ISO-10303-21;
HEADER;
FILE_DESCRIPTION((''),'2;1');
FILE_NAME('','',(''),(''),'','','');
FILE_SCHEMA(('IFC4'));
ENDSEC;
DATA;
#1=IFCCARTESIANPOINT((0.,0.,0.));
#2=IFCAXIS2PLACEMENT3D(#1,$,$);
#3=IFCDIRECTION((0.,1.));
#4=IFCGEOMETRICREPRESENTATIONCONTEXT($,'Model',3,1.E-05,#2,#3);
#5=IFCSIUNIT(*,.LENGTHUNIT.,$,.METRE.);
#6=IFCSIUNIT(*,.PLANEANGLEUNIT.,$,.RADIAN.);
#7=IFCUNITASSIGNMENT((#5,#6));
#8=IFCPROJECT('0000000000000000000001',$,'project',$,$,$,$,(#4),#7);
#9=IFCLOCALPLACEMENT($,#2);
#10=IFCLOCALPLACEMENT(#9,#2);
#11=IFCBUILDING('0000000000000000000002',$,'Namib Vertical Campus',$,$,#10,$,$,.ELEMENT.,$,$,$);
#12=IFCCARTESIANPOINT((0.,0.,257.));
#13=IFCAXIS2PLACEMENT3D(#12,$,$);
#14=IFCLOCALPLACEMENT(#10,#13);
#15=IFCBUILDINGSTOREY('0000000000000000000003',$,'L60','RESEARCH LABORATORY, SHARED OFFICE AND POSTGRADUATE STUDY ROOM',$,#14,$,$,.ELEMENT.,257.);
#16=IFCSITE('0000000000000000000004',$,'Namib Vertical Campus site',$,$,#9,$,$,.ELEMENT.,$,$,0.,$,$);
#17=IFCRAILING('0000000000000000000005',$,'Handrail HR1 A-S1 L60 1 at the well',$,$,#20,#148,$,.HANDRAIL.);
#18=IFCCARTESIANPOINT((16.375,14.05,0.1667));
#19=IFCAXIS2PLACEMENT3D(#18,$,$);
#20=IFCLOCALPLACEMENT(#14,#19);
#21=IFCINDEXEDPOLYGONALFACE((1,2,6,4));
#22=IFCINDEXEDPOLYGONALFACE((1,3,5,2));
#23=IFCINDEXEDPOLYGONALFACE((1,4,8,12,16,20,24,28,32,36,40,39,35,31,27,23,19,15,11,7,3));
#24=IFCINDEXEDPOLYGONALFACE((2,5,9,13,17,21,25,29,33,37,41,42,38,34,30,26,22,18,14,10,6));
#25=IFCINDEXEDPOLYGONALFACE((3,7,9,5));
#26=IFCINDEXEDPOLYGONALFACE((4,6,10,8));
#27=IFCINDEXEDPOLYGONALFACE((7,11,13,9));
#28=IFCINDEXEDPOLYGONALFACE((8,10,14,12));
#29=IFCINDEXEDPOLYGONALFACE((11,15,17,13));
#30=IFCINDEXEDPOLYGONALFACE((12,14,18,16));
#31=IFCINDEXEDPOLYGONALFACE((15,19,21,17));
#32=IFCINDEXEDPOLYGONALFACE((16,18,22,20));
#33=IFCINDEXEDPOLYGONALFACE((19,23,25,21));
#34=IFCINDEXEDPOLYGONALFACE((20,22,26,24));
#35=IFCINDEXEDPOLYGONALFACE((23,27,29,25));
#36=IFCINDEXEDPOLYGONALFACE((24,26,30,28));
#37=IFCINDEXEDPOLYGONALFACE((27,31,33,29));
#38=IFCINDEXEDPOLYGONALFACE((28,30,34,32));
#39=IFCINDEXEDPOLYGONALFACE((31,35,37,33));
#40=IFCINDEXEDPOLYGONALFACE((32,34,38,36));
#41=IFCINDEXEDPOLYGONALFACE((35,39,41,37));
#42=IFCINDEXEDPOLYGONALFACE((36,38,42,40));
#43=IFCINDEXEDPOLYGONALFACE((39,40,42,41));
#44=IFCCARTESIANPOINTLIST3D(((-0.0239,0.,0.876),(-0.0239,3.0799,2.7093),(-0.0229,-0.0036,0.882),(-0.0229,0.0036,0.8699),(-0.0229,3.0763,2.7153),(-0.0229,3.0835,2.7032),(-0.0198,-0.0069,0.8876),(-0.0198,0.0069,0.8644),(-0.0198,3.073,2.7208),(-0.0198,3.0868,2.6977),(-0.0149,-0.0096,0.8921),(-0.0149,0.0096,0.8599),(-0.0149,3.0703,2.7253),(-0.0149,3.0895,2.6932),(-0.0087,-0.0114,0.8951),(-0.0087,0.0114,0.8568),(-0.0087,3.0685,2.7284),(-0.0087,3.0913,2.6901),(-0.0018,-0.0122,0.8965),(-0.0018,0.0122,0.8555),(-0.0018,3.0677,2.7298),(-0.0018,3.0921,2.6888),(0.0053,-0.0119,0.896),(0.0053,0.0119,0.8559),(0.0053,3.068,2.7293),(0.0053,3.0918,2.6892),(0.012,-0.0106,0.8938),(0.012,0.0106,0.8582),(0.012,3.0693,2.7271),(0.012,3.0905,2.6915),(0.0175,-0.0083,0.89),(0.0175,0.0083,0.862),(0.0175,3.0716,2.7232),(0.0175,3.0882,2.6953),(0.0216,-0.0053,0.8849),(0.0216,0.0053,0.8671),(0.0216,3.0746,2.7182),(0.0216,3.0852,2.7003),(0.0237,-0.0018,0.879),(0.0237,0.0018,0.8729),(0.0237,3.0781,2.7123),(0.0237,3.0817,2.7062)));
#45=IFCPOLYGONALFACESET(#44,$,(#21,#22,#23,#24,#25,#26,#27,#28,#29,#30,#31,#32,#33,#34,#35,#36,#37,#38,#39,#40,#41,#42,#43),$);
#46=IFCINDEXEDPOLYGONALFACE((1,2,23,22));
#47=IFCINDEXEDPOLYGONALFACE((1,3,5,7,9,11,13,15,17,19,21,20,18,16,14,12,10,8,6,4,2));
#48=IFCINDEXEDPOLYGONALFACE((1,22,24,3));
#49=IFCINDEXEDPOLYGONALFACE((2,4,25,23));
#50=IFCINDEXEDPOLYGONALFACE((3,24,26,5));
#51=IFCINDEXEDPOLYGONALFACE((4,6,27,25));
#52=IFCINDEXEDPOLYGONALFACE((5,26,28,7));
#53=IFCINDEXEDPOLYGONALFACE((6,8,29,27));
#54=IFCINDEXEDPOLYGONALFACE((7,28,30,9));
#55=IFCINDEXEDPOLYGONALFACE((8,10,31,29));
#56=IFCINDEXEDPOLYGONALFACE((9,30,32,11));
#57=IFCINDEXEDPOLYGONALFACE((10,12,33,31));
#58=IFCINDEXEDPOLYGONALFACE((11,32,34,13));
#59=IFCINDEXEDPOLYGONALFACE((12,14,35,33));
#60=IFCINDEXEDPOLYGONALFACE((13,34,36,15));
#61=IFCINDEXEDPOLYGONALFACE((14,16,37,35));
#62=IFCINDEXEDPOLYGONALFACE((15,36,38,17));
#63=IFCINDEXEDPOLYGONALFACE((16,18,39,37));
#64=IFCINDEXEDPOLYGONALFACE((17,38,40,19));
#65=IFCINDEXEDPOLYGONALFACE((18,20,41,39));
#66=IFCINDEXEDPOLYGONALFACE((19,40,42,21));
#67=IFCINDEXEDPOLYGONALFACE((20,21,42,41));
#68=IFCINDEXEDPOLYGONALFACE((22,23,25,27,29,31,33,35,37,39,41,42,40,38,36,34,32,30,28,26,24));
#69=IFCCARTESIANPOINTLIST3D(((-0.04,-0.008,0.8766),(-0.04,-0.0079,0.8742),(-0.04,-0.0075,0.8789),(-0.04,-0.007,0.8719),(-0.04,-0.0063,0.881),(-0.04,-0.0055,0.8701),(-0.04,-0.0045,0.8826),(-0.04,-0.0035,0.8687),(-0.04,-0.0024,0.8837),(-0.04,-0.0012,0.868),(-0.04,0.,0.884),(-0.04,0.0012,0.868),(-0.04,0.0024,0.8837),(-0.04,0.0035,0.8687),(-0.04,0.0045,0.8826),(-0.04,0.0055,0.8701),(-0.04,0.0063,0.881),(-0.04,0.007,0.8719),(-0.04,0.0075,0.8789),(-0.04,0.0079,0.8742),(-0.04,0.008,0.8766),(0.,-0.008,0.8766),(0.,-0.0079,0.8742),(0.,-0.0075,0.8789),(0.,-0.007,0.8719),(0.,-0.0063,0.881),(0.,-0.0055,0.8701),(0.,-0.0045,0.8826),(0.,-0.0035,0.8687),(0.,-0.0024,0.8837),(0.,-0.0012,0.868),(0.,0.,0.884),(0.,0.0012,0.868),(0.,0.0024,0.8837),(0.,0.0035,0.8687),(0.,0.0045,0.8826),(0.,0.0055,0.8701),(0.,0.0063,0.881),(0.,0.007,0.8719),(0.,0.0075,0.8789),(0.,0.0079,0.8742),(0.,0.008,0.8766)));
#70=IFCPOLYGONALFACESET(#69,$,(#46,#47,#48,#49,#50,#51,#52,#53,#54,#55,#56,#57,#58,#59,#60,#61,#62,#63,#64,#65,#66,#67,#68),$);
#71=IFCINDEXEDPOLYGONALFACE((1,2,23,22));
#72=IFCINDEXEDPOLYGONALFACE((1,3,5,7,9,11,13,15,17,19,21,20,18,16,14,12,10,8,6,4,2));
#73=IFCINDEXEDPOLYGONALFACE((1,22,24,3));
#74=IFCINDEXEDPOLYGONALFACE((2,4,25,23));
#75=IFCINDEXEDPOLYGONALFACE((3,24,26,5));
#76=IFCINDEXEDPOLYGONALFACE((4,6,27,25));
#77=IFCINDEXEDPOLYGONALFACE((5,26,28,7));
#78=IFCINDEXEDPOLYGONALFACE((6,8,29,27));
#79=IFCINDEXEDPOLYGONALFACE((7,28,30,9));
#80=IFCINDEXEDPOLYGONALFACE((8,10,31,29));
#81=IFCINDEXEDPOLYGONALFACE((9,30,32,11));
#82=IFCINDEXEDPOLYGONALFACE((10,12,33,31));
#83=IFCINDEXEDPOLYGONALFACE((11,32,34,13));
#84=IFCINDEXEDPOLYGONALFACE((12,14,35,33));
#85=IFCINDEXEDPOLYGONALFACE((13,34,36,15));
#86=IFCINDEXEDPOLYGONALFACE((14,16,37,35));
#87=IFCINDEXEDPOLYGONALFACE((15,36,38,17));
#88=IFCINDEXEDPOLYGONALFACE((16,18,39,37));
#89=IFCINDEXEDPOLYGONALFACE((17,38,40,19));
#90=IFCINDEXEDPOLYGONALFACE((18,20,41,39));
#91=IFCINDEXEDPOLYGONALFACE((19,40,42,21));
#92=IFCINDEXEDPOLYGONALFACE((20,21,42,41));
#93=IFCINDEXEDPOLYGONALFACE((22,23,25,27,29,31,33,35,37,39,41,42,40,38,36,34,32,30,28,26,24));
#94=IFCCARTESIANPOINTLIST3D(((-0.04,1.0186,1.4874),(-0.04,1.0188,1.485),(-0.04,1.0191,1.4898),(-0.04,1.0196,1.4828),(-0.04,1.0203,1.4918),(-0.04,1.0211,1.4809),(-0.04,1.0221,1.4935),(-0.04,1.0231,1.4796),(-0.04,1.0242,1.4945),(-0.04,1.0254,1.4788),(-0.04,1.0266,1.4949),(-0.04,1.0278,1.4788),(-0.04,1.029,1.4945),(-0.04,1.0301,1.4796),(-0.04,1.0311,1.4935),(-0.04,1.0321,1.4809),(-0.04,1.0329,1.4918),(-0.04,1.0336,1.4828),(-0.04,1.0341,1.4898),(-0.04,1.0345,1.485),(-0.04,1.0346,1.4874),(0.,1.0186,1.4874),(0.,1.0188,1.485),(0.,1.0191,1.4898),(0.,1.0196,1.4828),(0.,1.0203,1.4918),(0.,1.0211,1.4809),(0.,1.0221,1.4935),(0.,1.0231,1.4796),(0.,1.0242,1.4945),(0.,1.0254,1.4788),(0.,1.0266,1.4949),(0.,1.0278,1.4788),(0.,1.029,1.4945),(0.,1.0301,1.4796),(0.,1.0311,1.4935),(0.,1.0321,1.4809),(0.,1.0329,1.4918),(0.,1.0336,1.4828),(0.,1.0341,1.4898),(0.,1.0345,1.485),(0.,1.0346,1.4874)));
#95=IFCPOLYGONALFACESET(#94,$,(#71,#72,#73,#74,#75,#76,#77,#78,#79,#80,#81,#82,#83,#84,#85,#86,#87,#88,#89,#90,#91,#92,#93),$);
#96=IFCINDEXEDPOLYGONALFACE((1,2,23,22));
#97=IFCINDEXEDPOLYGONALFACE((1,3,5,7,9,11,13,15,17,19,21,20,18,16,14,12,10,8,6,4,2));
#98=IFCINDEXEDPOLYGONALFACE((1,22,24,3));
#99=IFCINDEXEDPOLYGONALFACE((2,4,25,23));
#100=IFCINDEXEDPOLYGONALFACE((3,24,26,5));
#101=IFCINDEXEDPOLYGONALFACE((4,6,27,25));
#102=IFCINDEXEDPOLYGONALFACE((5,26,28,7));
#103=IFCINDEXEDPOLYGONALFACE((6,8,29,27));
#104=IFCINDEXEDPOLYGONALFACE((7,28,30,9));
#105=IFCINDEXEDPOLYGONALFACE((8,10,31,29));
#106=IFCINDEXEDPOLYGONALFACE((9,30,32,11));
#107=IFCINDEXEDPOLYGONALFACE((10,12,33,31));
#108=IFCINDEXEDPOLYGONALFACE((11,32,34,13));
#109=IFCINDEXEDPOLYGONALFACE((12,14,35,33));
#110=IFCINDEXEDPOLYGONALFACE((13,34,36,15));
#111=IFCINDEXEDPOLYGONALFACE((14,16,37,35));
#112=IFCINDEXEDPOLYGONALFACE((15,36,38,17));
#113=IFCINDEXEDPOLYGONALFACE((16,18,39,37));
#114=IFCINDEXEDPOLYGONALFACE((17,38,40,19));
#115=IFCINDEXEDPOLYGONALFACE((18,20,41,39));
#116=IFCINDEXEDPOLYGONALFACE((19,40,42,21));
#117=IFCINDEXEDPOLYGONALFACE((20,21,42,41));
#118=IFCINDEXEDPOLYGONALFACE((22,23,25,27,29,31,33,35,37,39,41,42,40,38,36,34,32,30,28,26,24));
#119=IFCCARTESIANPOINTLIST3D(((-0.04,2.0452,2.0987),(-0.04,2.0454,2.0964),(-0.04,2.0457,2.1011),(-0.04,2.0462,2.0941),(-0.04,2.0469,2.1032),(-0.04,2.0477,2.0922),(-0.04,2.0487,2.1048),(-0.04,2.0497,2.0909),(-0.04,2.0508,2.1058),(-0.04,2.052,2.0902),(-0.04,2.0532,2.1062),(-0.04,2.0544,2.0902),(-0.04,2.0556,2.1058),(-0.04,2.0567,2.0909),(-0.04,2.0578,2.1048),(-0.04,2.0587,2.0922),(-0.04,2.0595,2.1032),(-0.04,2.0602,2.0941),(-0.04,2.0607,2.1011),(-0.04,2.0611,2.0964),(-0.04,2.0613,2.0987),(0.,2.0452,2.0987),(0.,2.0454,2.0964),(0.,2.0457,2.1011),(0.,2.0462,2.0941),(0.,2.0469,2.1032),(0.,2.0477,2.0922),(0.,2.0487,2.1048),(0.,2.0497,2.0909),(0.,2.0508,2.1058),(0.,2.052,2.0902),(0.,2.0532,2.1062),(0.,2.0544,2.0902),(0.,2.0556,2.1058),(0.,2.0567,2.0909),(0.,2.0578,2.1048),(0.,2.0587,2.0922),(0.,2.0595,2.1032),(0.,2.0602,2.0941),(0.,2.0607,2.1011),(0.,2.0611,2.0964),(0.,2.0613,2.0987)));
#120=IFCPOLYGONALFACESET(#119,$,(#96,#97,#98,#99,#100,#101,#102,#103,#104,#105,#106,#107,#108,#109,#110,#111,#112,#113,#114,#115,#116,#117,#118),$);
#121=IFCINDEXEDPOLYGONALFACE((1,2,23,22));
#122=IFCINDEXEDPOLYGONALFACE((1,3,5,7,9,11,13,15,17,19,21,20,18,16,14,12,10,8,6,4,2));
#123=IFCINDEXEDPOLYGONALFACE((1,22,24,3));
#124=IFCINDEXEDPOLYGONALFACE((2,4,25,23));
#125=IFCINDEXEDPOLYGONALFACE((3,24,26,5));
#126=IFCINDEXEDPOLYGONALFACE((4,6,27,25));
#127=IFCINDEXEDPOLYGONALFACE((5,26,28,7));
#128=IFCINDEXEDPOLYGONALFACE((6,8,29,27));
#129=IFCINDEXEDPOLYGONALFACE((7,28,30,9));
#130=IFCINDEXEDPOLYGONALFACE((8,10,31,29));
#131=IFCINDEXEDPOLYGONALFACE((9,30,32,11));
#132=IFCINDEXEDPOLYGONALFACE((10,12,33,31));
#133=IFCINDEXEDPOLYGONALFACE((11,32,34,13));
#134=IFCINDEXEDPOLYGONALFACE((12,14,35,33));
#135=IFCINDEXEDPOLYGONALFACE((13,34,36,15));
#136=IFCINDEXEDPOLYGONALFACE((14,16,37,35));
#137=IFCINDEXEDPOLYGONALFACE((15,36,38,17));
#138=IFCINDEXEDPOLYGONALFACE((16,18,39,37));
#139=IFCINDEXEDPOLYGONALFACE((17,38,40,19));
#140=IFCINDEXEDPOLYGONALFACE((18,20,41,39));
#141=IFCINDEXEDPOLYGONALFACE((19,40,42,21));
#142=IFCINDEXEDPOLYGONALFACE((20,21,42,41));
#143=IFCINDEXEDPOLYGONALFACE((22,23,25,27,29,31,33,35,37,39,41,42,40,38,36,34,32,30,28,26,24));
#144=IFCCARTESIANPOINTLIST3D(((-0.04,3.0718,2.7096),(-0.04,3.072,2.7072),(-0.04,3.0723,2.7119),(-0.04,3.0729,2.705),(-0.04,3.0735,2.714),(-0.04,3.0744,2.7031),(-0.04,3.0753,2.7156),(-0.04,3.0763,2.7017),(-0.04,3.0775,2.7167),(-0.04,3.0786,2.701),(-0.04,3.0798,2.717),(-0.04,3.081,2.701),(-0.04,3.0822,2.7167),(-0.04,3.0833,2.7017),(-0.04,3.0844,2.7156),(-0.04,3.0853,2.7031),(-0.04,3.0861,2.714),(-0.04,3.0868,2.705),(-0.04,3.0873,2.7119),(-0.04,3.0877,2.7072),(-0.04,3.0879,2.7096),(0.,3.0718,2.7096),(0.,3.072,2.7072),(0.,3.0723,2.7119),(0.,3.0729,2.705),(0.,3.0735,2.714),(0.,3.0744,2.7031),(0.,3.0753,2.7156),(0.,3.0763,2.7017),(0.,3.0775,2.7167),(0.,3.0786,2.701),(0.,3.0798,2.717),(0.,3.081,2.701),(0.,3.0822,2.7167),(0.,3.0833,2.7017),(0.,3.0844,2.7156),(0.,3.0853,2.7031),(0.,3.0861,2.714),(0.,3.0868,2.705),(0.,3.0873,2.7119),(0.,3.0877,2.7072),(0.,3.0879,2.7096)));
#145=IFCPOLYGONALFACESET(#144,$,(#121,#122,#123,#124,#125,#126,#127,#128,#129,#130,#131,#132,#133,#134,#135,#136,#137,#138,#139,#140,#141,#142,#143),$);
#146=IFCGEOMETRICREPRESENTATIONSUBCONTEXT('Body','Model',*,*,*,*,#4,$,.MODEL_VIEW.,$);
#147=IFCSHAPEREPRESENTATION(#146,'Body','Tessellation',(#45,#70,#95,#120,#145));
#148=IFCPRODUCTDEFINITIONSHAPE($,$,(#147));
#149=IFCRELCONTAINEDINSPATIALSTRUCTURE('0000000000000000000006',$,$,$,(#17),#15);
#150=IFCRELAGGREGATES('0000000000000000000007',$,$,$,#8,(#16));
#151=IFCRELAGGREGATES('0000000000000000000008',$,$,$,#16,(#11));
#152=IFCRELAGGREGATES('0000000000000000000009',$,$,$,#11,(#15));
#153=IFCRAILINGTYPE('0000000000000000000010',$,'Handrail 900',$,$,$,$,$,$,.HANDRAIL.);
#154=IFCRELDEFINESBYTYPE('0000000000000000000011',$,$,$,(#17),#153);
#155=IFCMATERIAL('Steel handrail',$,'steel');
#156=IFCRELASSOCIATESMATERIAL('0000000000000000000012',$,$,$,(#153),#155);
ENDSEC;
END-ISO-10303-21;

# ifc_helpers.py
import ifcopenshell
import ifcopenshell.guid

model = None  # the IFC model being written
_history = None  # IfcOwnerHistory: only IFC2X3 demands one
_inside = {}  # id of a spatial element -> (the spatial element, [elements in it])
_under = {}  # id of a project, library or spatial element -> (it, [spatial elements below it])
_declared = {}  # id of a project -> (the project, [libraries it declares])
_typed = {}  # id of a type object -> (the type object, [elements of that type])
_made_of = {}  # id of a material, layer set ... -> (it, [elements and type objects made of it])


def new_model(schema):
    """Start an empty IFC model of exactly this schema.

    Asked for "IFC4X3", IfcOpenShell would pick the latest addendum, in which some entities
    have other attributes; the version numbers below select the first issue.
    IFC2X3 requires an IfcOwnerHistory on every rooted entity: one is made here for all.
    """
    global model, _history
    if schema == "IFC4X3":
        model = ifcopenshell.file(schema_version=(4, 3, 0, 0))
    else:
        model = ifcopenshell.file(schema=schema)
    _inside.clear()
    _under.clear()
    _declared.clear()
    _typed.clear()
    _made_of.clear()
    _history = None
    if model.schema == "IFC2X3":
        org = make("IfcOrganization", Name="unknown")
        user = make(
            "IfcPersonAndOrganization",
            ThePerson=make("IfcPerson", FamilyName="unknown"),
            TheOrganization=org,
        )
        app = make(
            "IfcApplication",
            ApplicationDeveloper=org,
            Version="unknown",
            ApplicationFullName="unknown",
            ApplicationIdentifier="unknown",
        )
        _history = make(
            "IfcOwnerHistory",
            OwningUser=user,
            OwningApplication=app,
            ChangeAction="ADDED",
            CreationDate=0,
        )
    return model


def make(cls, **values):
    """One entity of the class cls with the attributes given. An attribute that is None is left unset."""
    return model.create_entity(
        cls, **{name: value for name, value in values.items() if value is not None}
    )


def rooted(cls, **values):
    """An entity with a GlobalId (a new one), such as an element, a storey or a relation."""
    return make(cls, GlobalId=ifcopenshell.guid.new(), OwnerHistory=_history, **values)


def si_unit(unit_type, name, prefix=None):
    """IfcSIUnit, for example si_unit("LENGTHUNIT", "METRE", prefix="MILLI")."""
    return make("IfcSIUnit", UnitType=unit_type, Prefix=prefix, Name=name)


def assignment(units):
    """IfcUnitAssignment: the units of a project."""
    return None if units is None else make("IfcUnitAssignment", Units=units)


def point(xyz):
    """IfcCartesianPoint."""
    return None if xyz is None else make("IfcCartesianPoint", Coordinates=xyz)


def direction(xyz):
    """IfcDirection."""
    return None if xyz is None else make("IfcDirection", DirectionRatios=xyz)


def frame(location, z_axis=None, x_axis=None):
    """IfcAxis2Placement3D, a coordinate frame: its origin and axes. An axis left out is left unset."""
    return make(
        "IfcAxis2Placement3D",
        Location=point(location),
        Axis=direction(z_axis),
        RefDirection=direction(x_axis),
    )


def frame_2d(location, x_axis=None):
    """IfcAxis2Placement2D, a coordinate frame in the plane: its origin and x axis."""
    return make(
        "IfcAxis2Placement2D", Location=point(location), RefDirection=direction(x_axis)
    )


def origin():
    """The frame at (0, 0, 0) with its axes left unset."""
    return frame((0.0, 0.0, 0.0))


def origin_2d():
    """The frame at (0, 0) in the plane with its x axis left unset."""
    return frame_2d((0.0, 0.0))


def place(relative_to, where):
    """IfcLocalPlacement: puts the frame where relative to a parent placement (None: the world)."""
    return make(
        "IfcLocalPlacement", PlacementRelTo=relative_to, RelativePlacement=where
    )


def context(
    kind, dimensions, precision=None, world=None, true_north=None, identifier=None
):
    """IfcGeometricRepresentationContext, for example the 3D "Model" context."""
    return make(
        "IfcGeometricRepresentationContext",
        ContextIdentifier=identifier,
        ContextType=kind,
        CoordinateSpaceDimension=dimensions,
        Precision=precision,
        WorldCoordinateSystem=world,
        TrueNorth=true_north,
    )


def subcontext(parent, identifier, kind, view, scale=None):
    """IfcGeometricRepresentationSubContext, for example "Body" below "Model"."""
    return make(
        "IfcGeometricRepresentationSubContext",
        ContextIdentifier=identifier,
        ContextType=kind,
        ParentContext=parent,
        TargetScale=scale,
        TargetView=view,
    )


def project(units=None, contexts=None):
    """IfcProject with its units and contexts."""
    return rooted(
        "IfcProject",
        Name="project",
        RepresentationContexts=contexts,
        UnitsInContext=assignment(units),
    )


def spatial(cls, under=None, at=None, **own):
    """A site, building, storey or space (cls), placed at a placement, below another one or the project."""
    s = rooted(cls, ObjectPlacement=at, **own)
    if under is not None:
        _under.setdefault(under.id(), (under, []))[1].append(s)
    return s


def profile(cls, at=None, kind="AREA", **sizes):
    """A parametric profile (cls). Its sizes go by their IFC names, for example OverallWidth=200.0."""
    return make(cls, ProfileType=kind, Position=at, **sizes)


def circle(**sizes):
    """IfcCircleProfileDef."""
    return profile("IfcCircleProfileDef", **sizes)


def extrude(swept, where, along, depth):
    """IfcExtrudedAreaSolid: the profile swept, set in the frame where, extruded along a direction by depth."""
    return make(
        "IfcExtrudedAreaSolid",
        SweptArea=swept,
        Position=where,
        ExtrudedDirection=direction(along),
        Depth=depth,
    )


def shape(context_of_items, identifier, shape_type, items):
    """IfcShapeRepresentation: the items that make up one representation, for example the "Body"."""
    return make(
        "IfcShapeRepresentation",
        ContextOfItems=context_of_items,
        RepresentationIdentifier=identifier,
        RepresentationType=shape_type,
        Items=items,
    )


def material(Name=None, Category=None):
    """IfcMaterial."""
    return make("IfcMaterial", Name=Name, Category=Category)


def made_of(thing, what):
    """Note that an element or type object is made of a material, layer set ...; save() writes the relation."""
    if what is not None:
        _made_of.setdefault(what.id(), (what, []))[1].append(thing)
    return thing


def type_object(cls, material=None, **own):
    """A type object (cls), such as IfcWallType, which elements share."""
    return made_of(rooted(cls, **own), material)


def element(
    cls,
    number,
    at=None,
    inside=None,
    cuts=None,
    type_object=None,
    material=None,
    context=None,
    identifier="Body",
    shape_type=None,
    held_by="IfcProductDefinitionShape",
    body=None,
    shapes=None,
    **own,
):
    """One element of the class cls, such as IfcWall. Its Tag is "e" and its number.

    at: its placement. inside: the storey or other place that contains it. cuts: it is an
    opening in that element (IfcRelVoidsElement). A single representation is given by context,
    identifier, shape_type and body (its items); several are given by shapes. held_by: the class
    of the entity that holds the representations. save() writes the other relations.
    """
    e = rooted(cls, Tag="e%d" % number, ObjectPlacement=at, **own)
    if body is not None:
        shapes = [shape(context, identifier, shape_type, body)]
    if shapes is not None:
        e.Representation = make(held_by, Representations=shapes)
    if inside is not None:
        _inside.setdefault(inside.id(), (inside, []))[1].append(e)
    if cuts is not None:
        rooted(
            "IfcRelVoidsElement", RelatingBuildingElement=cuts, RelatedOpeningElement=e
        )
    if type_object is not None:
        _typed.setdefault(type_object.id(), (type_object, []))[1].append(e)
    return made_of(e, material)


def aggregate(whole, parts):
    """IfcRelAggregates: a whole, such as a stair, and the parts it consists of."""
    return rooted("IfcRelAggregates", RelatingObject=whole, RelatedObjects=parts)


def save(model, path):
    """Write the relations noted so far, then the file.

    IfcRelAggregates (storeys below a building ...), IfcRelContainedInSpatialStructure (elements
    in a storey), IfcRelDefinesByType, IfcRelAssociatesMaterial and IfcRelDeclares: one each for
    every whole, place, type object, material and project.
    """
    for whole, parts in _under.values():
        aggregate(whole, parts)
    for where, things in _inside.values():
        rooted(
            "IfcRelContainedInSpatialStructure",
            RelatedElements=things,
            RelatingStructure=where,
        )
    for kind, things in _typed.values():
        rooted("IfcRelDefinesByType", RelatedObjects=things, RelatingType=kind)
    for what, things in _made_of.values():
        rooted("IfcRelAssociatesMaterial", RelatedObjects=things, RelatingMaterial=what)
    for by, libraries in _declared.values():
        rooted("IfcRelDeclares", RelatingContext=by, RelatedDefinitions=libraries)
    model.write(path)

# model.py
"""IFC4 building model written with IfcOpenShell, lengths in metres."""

from ifc_helpers import new_model, si_unit, direction, frame, origin, origin_2d, place, context, subcontext, project, spatial, circle, extrude, material, type_object, element, save


model = new_model("IFC4")

# Units and contexts
model_context = context("Model", 3, precision=1e-05, world=origin(), true_north=direction((0.0, 1.0)))
body_context = subcontext(model_context, "Body", "Model", "MODEL_VIEW")
ifc_project = project(units=[si_unit("LENGTHUNIT", "METRE"), si_unit("PLANEANGLEUNIT", "RADIAN")], contexts=[model_context])

# Site, building, storey
site_placement = place(None, origin())
site = spatial("IfcSite", under=ifc_project, at=site_placement, Name="Namib Vertical Campus site", CompositionType="ELEMENT", RefElevation=0.0)
building_placement = place(site_placement, origin())
building = spatial("IfcBuilding", under=site, at=building_placement, Name="Namib Vertical Campus", CompositionType="ELEMENT")
storey_placement = place(building_placement, frame((0.0, 0.0, 257.0)))
storey = spatial("IfcBuildingStorey", under=building, at=storey_placement, Name="L60", Description="RESEARCH LABORATORY, SHARED OFFICE AND POSTGRADUATE STUDY ROOM", CompositionType="ELEMENT", Elevation=257.0)

# Railing
ifc_material_1 = material(Name="Steel handrail", Category="steel")
railing_type_1 = type_object("IfcRailingType", Name="Handrail 900", PredefinedType="HANDRAIL", material=ifc_material_1)
railing_1_placement = place(storey_placement, frame((16.375, 14.05, 0.1667)))
element("IfcRailing", 1, at=railing_1_placement, inside=storey, type_object=railing_type_1, Name="Handrail HR1 A-S1 L60 1 at the well", PredefinedType="HANDRAIL", context=body_context, shape_type="SweptSolid", body=[
    extrude(circle(Radius=0.0239, at=origin_2d()), frame((0.0, 0.0, 0.876), z_axis=(0.0, 0.859291, 0.511487), x_axis=(-1.0, 0.0, 0.0)), (0.0, 0.0, 1.0), 3.5842),
    extrude(circle(Radius=0.0081, at=origin_2d()), frame((0.0, 0.0, 0.876), z_axis=(-1.0, 0.0, 0.0), x_axis=(0.0, 0.0, 1.0)), (0.0, 0.0, 1.0), 0.04),
    extrude(circle(Radius=0.0081, at=origin_2d()), frame((0.0, 1.0266, 1.4868), z_axis=(-1.0, 0.0, 0.0), x_axis=(0.0, 0.0, 1.0)), (0.0, 0.0, 1.0), 0.04),
    extrude(circle(Radius=0.0081, at=origin_2d()), frame((0.0, 2.0532, 2.0981), z_axis=(-1.0, 0.0, 0.0), x_axis=(0.0, 0.0, 1.0)), (0.0, 0.0, 1.0), 0.04),
    extrude(circle(Radius=0.0081, at=origin_2d()), frame((0.0, 3.0798, 2.709), z_axis=(-1.0, 0.0, 0.0), x_axis=(0.0, 0.0, 1.0)), (0.0, 0.0, 1.0), 0.04),
])

save(model, "model.ifc")
